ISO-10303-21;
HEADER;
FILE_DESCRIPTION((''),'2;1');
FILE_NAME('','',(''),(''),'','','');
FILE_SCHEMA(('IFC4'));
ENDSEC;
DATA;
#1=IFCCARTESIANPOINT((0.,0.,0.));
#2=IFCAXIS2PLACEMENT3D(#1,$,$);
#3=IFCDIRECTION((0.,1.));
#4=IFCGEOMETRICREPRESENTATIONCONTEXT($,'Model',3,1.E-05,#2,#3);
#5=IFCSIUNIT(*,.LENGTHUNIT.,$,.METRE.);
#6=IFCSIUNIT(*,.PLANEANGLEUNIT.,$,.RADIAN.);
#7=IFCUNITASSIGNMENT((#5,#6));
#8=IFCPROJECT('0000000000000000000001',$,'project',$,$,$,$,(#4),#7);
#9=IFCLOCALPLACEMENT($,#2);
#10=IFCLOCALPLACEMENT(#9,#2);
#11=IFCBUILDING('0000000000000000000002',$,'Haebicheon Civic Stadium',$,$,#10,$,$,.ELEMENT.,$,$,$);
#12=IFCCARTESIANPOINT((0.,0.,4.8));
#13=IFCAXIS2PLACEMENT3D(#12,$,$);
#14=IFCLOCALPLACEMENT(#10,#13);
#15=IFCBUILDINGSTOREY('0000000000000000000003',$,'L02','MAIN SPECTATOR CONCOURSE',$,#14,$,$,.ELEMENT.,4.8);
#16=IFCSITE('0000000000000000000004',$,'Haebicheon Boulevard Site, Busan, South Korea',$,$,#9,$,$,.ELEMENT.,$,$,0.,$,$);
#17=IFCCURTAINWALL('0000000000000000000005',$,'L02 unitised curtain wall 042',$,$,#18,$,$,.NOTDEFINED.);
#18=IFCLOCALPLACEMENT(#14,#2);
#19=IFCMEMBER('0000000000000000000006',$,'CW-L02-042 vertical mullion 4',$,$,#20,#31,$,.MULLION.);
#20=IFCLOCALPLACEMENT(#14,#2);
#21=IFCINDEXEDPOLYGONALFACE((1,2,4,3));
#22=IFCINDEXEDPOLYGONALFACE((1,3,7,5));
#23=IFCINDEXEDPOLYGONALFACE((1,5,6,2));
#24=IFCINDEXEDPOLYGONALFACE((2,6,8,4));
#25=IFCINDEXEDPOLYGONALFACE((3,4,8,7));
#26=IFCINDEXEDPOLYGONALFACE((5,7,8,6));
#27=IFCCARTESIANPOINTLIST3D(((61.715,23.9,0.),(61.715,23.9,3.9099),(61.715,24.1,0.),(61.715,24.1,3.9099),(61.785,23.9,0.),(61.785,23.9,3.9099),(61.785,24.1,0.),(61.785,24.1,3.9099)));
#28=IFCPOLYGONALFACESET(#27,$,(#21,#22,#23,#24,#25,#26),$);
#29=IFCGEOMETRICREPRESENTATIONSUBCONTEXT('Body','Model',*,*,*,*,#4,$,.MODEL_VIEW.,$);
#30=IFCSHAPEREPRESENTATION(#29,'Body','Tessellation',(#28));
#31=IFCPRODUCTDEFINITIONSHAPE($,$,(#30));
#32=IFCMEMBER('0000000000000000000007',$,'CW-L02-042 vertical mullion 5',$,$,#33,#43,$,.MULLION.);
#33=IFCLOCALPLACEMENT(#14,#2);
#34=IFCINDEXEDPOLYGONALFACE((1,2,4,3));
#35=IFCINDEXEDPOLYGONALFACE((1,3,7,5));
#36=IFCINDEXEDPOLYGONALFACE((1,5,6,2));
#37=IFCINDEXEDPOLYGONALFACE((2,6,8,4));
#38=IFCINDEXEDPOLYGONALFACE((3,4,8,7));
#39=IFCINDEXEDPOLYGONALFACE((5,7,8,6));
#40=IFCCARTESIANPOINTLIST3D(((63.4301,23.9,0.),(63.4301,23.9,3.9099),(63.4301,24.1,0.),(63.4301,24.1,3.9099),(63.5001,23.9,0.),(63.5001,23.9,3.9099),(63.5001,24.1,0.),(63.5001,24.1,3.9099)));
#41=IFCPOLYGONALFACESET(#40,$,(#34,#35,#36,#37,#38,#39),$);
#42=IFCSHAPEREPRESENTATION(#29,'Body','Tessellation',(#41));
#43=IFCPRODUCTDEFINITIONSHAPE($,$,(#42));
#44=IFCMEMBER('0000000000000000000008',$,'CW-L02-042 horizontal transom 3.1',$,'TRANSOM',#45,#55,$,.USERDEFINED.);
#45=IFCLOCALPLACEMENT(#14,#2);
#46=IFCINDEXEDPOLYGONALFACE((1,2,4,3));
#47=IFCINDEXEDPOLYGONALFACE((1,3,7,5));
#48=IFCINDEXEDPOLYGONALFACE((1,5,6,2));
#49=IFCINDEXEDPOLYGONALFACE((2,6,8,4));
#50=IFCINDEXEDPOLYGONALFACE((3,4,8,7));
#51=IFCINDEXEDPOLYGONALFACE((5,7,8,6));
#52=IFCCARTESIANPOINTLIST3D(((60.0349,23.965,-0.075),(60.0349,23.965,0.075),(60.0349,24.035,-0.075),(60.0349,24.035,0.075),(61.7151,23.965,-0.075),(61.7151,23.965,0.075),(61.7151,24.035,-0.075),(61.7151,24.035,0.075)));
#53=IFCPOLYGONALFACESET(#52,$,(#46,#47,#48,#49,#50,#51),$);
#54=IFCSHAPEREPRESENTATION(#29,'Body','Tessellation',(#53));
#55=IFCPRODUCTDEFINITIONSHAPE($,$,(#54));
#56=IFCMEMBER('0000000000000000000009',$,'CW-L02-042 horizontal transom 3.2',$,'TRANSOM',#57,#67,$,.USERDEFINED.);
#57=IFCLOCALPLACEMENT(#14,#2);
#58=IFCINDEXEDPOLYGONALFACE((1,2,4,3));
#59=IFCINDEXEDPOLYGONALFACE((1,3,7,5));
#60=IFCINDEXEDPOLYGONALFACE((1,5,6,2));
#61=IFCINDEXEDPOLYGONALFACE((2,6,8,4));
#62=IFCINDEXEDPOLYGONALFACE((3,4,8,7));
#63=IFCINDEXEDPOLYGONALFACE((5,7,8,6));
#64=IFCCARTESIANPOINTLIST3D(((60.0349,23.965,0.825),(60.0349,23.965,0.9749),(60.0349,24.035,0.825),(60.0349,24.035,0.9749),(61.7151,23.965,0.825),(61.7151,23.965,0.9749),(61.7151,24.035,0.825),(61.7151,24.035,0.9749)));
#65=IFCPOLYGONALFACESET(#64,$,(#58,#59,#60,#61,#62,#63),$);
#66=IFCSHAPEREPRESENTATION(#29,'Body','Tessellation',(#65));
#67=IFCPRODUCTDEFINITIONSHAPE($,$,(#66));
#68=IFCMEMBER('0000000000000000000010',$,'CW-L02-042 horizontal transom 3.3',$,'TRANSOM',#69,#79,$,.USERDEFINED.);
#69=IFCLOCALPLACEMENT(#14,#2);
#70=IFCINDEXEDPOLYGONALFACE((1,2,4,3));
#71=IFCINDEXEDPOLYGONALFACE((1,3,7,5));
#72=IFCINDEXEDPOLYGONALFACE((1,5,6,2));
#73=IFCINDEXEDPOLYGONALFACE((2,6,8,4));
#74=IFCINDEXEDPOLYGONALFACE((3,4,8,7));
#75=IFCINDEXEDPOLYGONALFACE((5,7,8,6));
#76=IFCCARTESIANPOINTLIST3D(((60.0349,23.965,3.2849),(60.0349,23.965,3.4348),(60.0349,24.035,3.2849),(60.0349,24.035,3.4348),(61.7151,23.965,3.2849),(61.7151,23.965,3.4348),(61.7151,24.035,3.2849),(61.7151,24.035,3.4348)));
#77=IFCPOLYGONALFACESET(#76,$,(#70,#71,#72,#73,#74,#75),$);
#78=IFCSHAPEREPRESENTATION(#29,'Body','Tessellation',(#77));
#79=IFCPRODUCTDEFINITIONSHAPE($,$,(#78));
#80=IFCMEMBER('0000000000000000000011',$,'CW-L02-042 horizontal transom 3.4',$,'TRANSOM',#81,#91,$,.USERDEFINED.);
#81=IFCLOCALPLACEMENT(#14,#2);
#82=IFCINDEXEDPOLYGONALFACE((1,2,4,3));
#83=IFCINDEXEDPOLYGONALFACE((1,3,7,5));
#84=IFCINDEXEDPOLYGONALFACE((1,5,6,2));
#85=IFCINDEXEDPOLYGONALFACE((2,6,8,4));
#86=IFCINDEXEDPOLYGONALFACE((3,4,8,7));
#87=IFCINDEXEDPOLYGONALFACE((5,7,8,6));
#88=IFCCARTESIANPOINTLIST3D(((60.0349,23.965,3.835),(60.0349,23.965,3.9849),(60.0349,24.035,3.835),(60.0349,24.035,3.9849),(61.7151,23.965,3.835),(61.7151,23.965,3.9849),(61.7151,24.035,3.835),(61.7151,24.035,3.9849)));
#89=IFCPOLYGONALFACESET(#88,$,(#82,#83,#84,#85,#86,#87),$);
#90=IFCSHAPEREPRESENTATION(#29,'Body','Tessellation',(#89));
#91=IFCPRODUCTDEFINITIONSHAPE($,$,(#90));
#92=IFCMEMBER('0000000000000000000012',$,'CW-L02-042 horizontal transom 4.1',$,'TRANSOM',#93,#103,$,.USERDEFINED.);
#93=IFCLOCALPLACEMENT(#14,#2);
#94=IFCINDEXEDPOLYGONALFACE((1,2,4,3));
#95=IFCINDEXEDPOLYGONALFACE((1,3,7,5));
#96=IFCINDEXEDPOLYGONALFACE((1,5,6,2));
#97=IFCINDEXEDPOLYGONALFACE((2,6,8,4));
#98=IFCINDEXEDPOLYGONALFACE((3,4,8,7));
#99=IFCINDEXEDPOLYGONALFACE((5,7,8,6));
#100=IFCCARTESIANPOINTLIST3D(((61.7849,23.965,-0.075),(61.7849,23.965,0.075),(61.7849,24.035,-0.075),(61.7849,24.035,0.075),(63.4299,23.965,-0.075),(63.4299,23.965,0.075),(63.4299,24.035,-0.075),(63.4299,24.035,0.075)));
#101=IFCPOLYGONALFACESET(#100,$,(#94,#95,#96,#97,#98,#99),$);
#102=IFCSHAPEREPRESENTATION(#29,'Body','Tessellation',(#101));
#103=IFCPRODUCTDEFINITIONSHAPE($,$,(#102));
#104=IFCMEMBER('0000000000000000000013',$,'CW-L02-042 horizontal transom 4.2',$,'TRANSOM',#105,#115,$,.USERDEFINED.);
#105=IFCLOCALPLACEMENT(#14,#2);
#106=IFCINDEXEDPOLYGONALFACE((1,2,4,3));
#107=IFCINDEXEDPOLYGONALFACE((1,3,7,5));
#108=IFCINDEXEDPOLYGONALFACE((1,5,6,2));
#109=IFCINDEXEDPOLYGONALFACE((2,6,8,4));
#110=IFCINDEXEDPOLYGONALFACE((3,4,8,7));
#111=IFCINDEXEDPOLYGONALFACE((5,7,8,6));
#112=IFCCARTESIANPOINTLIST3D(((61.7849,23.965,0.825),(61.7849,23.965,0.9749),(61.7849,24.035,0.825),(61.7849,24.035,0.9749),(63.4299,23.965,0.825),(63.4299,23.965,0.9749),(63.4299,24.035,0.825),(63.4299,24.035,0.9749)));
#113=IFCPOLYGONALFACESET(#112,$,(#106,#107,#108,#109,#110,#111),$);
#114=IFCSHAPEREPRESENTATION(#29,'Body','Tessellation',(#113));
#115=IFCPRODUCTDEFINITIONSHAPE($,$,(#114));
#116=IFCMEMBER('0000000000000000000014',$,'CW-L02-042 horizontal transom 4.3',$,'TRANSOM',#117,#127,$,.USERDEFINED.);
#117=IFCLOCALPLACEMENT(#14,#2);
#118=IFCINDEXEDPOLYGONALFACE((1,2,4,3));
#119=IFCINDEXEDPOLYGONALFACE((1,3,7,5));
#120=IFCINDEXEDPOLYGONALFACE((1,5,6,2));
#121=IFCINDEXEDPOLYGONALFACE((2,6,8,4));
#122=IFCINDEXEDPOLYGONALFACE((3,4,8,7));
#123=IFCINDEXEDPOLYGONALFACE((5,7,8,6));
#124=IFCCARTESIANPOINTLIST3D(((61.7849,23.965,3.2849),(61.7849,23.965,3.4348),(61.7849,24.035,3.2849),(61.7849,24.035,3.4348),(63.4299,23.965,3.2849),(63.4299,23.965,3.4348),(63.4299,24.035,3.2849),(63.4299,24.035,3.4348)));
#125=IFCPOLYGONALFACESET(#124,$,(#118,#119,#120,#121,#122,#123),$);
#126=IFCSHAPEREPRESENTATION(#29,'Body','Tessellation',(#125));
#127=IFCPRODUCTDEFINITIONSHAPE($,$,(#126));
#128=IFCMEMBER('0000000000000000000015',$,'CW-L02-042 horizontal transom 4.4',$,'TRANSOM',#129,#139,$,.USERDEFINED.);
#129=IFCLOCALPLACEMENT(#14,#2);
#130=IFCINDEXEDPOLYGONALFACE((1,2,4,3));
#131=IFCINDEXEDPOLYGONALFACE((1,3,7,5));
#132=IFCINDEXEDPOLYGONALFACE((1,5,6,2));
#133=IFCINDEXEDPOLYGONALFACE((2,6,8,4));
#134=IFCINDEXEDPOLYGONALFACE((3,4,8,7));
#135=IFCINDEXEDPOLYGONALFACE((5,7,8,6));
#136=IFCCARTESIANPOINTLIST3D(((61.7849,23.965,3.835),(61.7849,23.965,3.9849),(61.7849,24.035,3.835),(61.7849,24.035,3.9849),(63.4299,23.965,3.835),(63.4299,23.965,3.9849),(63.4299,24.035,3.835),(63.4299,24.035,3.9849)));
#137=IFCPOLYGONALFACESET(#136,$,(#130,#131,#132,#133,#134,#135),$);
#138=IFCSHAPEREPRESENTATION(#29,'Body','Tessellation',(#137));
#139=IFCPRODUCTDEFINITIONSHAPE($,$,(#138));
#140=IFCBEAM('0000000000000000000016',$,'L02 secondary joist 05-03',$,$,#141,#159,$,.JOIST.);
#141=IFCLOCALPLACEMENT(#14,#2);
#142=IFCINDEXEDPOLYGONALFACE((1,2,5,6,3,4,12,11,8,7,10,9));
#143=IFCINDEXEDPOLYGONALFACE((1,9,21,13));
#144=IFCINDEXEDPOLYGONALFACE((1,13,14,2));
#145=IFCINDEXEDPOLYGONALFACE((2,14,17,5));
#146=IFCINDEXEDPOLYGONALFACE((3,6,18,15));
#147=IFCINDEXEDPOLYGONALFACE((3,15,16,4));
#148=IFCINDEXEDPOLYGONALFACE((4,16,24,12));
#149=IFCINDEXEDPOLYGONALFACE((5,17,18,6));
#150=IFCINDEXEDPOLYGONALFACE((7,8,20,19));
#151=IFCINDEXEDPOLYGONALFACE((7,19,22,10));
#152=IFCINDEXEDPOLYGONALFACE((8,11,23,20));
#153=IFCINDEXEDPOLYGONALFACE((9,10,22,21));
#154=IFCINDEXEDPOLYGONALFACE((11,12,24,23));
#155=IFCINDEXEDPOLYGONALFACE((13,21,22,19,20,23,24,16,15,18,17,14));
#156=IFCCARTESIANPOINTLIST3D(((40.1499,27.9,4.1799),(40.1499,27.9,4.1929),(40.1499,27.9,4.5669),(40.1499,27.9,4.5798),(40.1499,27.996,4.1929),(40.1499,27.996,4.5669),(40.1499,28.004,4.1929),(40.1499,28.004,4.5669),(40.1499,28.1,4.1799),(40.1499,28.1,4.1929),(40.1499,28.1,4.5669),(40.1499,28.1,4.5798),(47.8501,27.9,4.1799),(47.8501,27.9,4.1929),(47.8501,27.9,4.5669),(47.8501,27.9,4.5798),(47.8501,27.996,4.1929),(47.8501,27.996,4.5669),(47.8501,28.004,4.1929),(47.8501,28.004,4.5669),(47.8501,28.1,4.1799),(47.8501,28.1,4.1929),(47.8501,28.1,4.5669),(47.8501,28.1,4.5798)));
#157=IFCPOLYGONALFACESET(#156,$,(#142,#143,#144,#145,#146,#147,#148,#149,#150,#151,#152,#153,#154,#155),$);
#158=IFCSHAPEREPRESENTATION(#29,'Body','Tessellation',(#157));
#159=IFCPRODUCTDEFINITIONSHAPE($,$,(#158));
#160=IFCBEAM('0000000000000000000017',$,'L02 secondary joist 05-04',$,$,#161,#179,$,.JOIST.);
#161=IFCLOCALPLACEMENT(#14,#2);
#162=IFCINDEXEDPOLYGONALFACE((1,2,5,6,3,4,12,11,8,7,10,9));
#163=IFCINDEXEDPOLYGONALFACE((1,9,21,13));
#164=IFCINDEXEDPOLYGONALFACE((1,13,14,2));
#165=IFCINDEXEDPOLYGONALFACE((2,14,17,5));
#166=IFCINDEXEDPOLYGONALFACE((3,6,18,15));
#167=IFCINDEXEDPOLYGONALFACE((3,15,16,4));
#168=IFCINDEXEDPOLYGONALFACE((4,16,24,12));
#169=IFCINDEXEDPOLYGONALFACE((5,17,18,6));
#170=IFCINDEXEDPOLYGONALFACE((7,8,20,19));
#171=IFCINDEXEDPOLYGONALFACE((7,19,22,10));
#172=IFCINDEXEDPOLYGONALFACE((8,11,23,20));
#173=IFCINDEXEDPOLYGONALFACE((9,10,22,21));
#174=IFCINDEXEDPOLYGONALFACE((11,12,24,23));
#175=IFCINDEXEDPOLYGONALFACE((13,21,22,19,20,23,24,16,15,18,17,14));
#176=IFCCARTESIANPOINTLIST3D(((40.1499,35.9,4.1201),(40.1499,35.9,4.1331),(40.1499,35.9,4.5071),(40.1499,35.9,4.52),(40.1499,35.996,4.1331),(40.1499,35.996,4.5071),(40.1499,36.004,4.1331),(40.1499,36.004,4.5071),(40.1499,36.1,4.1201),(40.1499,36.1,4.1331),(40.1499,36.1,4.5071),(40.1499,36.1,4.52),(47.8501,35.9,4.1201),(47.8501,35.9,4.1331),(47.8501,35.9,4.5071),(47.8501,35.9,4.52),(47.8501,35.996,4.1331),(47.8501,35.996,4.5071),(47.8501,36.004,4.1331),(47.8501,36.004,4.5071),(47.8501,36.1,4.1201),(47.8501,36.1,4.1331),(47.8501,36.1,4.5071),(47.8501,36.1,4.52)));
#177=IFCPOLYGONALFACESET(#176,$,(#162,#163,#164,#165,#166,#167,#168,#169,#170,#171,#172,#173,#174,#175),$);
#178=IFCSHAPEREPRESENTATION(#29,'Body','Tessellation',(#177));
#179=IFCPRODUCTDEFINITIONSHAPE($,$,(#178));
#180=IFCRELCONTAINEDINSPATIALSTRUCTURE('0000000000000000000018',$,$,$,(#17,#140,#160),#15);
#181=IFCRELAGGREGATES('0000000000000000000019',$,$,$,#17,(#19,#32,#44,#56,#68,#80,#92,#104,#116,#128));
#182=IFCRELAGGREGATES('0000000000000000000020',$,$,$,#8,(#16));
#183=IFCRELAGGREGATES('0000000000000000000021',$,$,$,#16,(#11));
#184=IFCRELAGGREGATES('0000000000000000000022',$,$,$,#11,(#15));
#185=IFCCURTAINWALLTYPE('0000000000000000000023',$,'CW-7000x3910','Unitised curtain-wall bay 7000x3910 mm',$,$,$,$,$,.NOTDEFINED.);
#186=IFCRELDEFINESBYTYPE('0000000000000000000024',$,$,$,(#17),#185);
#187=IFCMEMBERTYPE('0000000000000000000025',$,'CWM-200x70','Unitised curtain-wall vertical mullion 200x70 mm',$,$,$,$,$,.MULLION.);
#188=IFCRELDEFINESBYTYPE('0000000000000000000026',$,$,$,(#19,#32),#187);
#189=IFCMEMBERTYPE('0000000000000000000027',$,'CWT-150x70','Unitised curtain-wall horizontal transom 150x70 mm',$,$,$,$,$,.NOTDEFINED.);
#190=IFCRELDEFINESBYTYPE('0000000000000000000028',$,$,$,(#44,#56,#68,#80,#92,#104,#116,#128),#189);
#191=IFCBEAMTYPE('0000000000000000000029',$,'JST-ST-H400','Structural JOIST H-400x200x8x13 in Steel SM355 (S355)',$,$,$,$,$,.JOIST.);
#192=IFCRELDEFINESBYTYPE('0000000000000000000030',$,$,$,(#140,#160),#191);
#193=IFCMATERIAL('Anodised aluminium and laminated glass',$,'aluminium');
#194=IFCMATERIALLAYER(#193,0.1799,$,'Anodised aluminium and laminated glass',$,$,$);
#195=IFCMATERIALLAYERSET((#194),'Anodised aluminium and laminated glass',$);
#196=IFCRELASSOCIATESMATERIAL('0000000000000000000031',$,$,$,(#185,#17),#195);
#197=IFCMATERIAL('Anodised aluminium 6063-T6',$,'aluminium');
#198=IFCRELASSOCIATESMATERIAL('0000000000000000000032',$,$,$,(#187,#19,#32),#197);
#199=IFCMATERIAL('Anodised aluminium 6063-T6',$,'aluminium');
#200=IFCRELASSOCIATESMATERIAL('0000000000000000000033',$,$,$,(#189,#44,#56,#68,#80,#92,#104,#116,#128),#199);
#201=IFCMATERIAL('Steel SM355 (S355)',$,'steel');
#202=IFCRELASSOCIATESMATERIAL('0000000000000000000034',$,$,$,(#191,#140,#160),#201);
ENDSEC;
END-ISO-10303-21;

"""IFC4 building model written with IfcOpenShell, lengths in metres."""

from ifc_helpers import new_model, si_unit, direction, frame, origin, origin_2d, place, context, subcontext, project, spatial, rectangle, i_section, extrude, material, layer, layer_set, material_profile, profile_set, type_object, element, aggregate, save


model = new_model("IFC4")

# Units and contexts
model_context = context("Model", 3, precision=1e-05, world=origin(), true_north=direction((0.0, 1.0)))
body_context = subcontext(model_context, "Body", "Model", "MODEL_VIEW")
ifc_project = project(units=[si_unit("LENGTHUNIT", "METRE"), si_unit("PLANEANGLEUNIT", "RADIAN")], contexts=[model_context])

# Site, building, storey
site_placement = place(None, origin())
site = spatial("IfcSite", under=ifc_project, at=site_placement, Name="Haebicheon Boulevard Site, Busan, South Korea", CompositionType="ELEMENT", RefElevation=0.0)
building_placement = place(site_placement, origin())
building = spatial("IfcBuilding", under=site, at=building_placement, Name="Haebicheon Civic Stadium", CompositionType="ELEMENT")
storey_placement = place(building_placement, frame((0.0, 0.0, 4.8)))
storey = spatial("IfcBuildingStorey", under=building, at=storey_placement, Name="L02", Description="MAIN SPECTATOR CONCOURSE", CompositionType="ELEMENT", Elevation=4.8)

# Curtain wall, members
ifc_material_1 = material(Name="Anodised aluminium and laminated glass", Category="aluminium")
ifc_layer_1 = layer(ifc_material_1, 0.1799, Name="Anodised aluminium and laminated glass")
ifc_layer_set_1 = layer_set([ifc_layer_1], Name="Anodised aluminium and laminated glass")
curtain_wall_type = type_object("IfcCurtainWallType", Name="CW-7000x3910", Description="Unitised curtain-wall bay 7000x3910 mm", PredefinedType="NOTDEFINED", material=ifc_layer_set_1)
curtain_wall_placement = place(storey_placement, origin())
curtain_wall = element("IfcCurtainWall", 1, at=curtain_wall_placement, inside=storey, type_object=curtain_wall_type, material=ifc_layer_set_1, Name="L02 unitised curtain wall 042", PredefinedType="NOTDEFINED")
ifc_material_2 = material(Name="Anodised aluminium 6063-T6", Category="aluminium")
ifc_material_profile_1 = material_profile(ifc_material_2, rectangle(XDim=0.0701, YDim=0.2, at=origin_2d()), Name="ALU-MULL-70x200")
ifc_profile_set_1 = profile_set([ifc_material_profile_1], Name="Anodised aluminium 6063-T6")
member_type_1 = type_object("IfcMemberType", Name="CWM-200x70", Description="Unitised curtain-wall vertical mullion 200x70 mm", PredefinedType="MULLION", material=ifc_profile_set_1)
member_1_placement = place(storey_placement, frame((61.75, 24.0, 0.0), z_axis=(0.0, 0.0, 1.0), x_axis=(1.0, 0.0, 0.0)))
member_1 = element("IfcMember", 2, at=member_1_placement, type_object=member_type_1, material=ifc_profile_set_1, Name="CW-L02-042 vertical mullion 4", PredefinedType="MULLION", context=body_context, shape_type="SweptSolid", body=[
    extrude(rectangle(XDim=0.0701, YDim=0.2, at=origin_2d()), origin(), (0.0, 0.0, 1.0), 3.9099),
])
member_2_placement = place(storey_placement, frame((63.4651, 24.0, 0.0), z_axis=(0.0, 0.0, 1.0), x_axis=(1.0, 0.0, 0.0)))
member_2 = element("IfcMember", 3, at=member_2_placement, type_object=member_type_1, material=ifc_profile_set_1, Name="CW-L02-042 vertical mullion 5", PredefinedType="MULLION", context=body_context, shape_type="SweptSolid", body=[
    extrude(rectangle(XDim=0.0701, YDim=0.2, at=origin_2d()), origin(), (0.0, 0.0, 1.0), 3.9099),
])
ifc_material_3 = material(Name="Anodised aluminium 6063-T6", Category="aluminium")
ifc_material_profile_2 = material_profile(ifc_material_3, rectangle(XDim=0.0701, YDim=0.1499, at=origin_2d()), Name="ALU-TRAN-70x150")
ifc_profile_set_2 = profile_set([ifc_material_profile_2], Name="Anodised aluminium 6063-T6")
member_type_2 = type_object("IfcMemberType", Name="CWT-150x70", Description="Unitised curtain-wall horizontal transom 150x70 mm", PredefinedType="NOTDEFINED", material=ifc_profile_set_2)
member_3_placement = place(storey_placement, frame((60.0349, 24.0, 0.0), z_axis=(1.0, 0.0, 0.0), x_axis=(0.0, 1.0, 0.0)))
member_3 = element("IfcMember", 4, at=member_3_placement, type_object=member_type_2, material=ifc_profile_set_2, Name="CW-L02-042 horizontal transom 3.1", ObjectType="TRANSOM", PredefinedType="USERDEFINED", context=body_context, shape_type="SweptSolid", body=[
    extrude(rectangle(XDim=0.0701, YDim=0.1499, at=origin_2d()), origin(), (0.0, 0.0, 1.0), 1.6802),
])
member_4_placement = place(storey_placement, frame((60.0349, 24.0, 0.8999), z_axis=(1.0, 0.0, 0.0), x_axis=(0.0, 1.0, 0.0)))
member_4 = element("IfcMember", 5, at=member_4_placement, type_object=member_type_2, material=ifc_profile_set_2, Name="CW-L02-042 horizontal transom 3.2", ObjectType="TRANSOM", PredefinedType="USERDEFINED", context=body_context, shape_type="SweptSolid", body=[
    extrude(rectangle(XDim=0.0701, YDim=0.1499, at=origin_2d()), origin(), (0.0, 0.0, 1.0), 1.6802),
])
member_5_placement = place(storey_placement, frame((60.0349, 24.0, 3.3599), z_axis=(1.0, 0.0, 0.0), x_axis=(0.0, 1.0, 0.0)))
member_5 = element("IfcMember", 6, at=member_5_placement, type_object=member_type_2, material=ifc_profile_set_2, Name="CW-L02-042 horizontal transom 3.3", ObjectType="TRANSOM", PredefinedType="USERDEFINED", context=body_context, shape_type="SweptSolid", body=[
    extrude(rectangle(XDim=0.0701, YDim=0.1499, at=origin_2d()), origin(), (0.0, 0.0, 1.0), 1.6802),
])
member_6_placement = place(storey_placement, frame((60.0349, 24.0, 3.9099), z_axis=(1.0, 0.0, 0.0), x_axis=(0.0, 1.0, 0.0)))
member_6 = element("IfcMember", 7, at=member_6_placement, type_object=member_type_2, material=ifc_profile_set_2, Name="CW-L02-042 horizontal transom 3.4", ObjectType="TRANSOM", PredefinedType="USERDEFINED", context=body_context, shape_type="SweptSolid", body=[
    extrude(rectangle(XDim=0.0701, YDim=0.1499, at=origin_2d()), origin(), (0.0, 0.0, 1.0), 1.6802),
])
member_7_placement = place(storey_placement, frame((61.7849, 24.0, 0.0), z_axis=(1.0, 0.0, 0.0), x_axis=(0.0, 1.0, 0.0)))
member_7 = element("IfcMember", 8, at=member_7_placement, type_object=member_type_2, material=ifc_profile_set_2, Name="CW-L02-042 horizontal transom 4.1", ObjectType="TRANSOM", PredefinedType="USERDEFINED", context=body_context, shape_type="SweptSolid", body=[
    extrude(rectangle(XDim=0.0701, YDim=0.1499, at=origin_2d()), origin(), (0.0, 0.0, 1.0), 1.645),
])
member_8_placement = place(storey_placement, frame((61.7849, 24.0, 0.8999), z_axis=(1.0, 0.0, 0.0), x_axis=(0.0, 1.0, 0.0)))
member_8 = element("IfcMember", 9, at=member_8_placement, type_object=member_type_2, material=ifc_profile_set_2, Name="CW-L02-042 horizontal transom 4.2", ObjectType="TRANSOM", PredefinedType="USERDEFINED", context=body_context, shape_type="SweptSolid", body=[
    extrude(rectangle(XDim=0.0701, YDim=0.1499, at=origin_2d()), origin(), (0.0, 0.0, 1.0), 1.645),
])
member_9_placement = place(storey_placement, frame((61.7849, 24.0, 3.3599), z_axis=(1.0, 0.0, 0.0), x_axis=(0.0, 1.0, 0.0)))
member_9 = element("IfcMember", 10, at=member_9_placement, type_object=member_type_2, material=ifc_profile_set_2, Name="CW-L02-042 horizontal transom 4.3", ObjectType="TRANSOM", PredefinedType="USERDEFINED", context=body_context, shape_type="SweptSolid", body=[
    extrude(rectangle(XDim=0.0701, YDim=0.1499, at=origin_2d()), origin(), (0.0, 0.0, 1.0), 1.645),
])
member_10_placement = place(storey_placement, frame((61.7849, 24.0, 3.9099), z_axis=(1.0, 0.0, 0.0), x_axis=(0.0, 1.0, 0.0)))
member_10 = element("IfcMember", 11, at=member_10_placement, type_object=member_type_2, material=ifc_profile_set_2, Name="CW-L02-042 horizontal transom 4.4", ObjectType="TRANSOM", PredefinedType="USERDEFINED", context=body_context, shape_type="SweptSolid", body=[
    extrude(rectangle(XDim=0.0701, YDim=0.1499, at=origin_2d()), origin(), (0.0, 0.0, 1.0), 1.645),
])

# Beams
ifc_material_4 = material(Name="Steel SM355 (S355)", Category="steel")
ifc_material_profile_3 = material_profile(ifc_material_4, i_section(OverallWidth=0.2, OverallDepth=0.3999, WebThickness=0.0081, FlangeThickness=0.0129, at=origin_2d()), Name="H-400x200x8x13")
ifc_profile_set_3 = profile_set([ifc_material_profile_3], Name="Steel SM355 (S355)")
beam_type_1 = type_object("IfcBeamType", Name="JST-ST-H400", Description="Structural JOIST H-400x200x8x13 in Steel SM355 (S355)", PredefinedType="JOIST", material=ifc_profile_set_3)
for number, where, z_axis, x_axis, name in (
    (12, (40.1499, 28.0, 4.3799), (1.0, 0.0, 0.0), (0.0, 1.0, 0.0), "L02 secondary joist 05-03"),
    (13, (40.1499, 36.0, 4.3201), (1.0, 0.0, 0.0), (0.0, 1.0, 0.0), "L02 secondary joist 05-04"),
):
    element("IfcBeam", number, at=place(storey_placement, frame(where, z_axis=z_axis, x_axis=x_axis)), inside=storey, type_object=beam_type_1, material=ifc_profile_set_3, Name=name, PredefinedType="JOIST", context=body_context, shape_type="SweptSolid", body=[
        extrude(i_section(OverallWidth=0.2, OverallDepth=0.3999, WebThickness=0.0081, FlangeThickness=0.0129, at=origin_2d()), origin(), (0.0, 0.0, 1.0), 7.7002),
    ])

aggregate(curtain_wall, [member_1, member_2, member_3, member_4, member_5, member_6, member_7, member_8, member_9, member_10])

save(model, "model.ifc")
